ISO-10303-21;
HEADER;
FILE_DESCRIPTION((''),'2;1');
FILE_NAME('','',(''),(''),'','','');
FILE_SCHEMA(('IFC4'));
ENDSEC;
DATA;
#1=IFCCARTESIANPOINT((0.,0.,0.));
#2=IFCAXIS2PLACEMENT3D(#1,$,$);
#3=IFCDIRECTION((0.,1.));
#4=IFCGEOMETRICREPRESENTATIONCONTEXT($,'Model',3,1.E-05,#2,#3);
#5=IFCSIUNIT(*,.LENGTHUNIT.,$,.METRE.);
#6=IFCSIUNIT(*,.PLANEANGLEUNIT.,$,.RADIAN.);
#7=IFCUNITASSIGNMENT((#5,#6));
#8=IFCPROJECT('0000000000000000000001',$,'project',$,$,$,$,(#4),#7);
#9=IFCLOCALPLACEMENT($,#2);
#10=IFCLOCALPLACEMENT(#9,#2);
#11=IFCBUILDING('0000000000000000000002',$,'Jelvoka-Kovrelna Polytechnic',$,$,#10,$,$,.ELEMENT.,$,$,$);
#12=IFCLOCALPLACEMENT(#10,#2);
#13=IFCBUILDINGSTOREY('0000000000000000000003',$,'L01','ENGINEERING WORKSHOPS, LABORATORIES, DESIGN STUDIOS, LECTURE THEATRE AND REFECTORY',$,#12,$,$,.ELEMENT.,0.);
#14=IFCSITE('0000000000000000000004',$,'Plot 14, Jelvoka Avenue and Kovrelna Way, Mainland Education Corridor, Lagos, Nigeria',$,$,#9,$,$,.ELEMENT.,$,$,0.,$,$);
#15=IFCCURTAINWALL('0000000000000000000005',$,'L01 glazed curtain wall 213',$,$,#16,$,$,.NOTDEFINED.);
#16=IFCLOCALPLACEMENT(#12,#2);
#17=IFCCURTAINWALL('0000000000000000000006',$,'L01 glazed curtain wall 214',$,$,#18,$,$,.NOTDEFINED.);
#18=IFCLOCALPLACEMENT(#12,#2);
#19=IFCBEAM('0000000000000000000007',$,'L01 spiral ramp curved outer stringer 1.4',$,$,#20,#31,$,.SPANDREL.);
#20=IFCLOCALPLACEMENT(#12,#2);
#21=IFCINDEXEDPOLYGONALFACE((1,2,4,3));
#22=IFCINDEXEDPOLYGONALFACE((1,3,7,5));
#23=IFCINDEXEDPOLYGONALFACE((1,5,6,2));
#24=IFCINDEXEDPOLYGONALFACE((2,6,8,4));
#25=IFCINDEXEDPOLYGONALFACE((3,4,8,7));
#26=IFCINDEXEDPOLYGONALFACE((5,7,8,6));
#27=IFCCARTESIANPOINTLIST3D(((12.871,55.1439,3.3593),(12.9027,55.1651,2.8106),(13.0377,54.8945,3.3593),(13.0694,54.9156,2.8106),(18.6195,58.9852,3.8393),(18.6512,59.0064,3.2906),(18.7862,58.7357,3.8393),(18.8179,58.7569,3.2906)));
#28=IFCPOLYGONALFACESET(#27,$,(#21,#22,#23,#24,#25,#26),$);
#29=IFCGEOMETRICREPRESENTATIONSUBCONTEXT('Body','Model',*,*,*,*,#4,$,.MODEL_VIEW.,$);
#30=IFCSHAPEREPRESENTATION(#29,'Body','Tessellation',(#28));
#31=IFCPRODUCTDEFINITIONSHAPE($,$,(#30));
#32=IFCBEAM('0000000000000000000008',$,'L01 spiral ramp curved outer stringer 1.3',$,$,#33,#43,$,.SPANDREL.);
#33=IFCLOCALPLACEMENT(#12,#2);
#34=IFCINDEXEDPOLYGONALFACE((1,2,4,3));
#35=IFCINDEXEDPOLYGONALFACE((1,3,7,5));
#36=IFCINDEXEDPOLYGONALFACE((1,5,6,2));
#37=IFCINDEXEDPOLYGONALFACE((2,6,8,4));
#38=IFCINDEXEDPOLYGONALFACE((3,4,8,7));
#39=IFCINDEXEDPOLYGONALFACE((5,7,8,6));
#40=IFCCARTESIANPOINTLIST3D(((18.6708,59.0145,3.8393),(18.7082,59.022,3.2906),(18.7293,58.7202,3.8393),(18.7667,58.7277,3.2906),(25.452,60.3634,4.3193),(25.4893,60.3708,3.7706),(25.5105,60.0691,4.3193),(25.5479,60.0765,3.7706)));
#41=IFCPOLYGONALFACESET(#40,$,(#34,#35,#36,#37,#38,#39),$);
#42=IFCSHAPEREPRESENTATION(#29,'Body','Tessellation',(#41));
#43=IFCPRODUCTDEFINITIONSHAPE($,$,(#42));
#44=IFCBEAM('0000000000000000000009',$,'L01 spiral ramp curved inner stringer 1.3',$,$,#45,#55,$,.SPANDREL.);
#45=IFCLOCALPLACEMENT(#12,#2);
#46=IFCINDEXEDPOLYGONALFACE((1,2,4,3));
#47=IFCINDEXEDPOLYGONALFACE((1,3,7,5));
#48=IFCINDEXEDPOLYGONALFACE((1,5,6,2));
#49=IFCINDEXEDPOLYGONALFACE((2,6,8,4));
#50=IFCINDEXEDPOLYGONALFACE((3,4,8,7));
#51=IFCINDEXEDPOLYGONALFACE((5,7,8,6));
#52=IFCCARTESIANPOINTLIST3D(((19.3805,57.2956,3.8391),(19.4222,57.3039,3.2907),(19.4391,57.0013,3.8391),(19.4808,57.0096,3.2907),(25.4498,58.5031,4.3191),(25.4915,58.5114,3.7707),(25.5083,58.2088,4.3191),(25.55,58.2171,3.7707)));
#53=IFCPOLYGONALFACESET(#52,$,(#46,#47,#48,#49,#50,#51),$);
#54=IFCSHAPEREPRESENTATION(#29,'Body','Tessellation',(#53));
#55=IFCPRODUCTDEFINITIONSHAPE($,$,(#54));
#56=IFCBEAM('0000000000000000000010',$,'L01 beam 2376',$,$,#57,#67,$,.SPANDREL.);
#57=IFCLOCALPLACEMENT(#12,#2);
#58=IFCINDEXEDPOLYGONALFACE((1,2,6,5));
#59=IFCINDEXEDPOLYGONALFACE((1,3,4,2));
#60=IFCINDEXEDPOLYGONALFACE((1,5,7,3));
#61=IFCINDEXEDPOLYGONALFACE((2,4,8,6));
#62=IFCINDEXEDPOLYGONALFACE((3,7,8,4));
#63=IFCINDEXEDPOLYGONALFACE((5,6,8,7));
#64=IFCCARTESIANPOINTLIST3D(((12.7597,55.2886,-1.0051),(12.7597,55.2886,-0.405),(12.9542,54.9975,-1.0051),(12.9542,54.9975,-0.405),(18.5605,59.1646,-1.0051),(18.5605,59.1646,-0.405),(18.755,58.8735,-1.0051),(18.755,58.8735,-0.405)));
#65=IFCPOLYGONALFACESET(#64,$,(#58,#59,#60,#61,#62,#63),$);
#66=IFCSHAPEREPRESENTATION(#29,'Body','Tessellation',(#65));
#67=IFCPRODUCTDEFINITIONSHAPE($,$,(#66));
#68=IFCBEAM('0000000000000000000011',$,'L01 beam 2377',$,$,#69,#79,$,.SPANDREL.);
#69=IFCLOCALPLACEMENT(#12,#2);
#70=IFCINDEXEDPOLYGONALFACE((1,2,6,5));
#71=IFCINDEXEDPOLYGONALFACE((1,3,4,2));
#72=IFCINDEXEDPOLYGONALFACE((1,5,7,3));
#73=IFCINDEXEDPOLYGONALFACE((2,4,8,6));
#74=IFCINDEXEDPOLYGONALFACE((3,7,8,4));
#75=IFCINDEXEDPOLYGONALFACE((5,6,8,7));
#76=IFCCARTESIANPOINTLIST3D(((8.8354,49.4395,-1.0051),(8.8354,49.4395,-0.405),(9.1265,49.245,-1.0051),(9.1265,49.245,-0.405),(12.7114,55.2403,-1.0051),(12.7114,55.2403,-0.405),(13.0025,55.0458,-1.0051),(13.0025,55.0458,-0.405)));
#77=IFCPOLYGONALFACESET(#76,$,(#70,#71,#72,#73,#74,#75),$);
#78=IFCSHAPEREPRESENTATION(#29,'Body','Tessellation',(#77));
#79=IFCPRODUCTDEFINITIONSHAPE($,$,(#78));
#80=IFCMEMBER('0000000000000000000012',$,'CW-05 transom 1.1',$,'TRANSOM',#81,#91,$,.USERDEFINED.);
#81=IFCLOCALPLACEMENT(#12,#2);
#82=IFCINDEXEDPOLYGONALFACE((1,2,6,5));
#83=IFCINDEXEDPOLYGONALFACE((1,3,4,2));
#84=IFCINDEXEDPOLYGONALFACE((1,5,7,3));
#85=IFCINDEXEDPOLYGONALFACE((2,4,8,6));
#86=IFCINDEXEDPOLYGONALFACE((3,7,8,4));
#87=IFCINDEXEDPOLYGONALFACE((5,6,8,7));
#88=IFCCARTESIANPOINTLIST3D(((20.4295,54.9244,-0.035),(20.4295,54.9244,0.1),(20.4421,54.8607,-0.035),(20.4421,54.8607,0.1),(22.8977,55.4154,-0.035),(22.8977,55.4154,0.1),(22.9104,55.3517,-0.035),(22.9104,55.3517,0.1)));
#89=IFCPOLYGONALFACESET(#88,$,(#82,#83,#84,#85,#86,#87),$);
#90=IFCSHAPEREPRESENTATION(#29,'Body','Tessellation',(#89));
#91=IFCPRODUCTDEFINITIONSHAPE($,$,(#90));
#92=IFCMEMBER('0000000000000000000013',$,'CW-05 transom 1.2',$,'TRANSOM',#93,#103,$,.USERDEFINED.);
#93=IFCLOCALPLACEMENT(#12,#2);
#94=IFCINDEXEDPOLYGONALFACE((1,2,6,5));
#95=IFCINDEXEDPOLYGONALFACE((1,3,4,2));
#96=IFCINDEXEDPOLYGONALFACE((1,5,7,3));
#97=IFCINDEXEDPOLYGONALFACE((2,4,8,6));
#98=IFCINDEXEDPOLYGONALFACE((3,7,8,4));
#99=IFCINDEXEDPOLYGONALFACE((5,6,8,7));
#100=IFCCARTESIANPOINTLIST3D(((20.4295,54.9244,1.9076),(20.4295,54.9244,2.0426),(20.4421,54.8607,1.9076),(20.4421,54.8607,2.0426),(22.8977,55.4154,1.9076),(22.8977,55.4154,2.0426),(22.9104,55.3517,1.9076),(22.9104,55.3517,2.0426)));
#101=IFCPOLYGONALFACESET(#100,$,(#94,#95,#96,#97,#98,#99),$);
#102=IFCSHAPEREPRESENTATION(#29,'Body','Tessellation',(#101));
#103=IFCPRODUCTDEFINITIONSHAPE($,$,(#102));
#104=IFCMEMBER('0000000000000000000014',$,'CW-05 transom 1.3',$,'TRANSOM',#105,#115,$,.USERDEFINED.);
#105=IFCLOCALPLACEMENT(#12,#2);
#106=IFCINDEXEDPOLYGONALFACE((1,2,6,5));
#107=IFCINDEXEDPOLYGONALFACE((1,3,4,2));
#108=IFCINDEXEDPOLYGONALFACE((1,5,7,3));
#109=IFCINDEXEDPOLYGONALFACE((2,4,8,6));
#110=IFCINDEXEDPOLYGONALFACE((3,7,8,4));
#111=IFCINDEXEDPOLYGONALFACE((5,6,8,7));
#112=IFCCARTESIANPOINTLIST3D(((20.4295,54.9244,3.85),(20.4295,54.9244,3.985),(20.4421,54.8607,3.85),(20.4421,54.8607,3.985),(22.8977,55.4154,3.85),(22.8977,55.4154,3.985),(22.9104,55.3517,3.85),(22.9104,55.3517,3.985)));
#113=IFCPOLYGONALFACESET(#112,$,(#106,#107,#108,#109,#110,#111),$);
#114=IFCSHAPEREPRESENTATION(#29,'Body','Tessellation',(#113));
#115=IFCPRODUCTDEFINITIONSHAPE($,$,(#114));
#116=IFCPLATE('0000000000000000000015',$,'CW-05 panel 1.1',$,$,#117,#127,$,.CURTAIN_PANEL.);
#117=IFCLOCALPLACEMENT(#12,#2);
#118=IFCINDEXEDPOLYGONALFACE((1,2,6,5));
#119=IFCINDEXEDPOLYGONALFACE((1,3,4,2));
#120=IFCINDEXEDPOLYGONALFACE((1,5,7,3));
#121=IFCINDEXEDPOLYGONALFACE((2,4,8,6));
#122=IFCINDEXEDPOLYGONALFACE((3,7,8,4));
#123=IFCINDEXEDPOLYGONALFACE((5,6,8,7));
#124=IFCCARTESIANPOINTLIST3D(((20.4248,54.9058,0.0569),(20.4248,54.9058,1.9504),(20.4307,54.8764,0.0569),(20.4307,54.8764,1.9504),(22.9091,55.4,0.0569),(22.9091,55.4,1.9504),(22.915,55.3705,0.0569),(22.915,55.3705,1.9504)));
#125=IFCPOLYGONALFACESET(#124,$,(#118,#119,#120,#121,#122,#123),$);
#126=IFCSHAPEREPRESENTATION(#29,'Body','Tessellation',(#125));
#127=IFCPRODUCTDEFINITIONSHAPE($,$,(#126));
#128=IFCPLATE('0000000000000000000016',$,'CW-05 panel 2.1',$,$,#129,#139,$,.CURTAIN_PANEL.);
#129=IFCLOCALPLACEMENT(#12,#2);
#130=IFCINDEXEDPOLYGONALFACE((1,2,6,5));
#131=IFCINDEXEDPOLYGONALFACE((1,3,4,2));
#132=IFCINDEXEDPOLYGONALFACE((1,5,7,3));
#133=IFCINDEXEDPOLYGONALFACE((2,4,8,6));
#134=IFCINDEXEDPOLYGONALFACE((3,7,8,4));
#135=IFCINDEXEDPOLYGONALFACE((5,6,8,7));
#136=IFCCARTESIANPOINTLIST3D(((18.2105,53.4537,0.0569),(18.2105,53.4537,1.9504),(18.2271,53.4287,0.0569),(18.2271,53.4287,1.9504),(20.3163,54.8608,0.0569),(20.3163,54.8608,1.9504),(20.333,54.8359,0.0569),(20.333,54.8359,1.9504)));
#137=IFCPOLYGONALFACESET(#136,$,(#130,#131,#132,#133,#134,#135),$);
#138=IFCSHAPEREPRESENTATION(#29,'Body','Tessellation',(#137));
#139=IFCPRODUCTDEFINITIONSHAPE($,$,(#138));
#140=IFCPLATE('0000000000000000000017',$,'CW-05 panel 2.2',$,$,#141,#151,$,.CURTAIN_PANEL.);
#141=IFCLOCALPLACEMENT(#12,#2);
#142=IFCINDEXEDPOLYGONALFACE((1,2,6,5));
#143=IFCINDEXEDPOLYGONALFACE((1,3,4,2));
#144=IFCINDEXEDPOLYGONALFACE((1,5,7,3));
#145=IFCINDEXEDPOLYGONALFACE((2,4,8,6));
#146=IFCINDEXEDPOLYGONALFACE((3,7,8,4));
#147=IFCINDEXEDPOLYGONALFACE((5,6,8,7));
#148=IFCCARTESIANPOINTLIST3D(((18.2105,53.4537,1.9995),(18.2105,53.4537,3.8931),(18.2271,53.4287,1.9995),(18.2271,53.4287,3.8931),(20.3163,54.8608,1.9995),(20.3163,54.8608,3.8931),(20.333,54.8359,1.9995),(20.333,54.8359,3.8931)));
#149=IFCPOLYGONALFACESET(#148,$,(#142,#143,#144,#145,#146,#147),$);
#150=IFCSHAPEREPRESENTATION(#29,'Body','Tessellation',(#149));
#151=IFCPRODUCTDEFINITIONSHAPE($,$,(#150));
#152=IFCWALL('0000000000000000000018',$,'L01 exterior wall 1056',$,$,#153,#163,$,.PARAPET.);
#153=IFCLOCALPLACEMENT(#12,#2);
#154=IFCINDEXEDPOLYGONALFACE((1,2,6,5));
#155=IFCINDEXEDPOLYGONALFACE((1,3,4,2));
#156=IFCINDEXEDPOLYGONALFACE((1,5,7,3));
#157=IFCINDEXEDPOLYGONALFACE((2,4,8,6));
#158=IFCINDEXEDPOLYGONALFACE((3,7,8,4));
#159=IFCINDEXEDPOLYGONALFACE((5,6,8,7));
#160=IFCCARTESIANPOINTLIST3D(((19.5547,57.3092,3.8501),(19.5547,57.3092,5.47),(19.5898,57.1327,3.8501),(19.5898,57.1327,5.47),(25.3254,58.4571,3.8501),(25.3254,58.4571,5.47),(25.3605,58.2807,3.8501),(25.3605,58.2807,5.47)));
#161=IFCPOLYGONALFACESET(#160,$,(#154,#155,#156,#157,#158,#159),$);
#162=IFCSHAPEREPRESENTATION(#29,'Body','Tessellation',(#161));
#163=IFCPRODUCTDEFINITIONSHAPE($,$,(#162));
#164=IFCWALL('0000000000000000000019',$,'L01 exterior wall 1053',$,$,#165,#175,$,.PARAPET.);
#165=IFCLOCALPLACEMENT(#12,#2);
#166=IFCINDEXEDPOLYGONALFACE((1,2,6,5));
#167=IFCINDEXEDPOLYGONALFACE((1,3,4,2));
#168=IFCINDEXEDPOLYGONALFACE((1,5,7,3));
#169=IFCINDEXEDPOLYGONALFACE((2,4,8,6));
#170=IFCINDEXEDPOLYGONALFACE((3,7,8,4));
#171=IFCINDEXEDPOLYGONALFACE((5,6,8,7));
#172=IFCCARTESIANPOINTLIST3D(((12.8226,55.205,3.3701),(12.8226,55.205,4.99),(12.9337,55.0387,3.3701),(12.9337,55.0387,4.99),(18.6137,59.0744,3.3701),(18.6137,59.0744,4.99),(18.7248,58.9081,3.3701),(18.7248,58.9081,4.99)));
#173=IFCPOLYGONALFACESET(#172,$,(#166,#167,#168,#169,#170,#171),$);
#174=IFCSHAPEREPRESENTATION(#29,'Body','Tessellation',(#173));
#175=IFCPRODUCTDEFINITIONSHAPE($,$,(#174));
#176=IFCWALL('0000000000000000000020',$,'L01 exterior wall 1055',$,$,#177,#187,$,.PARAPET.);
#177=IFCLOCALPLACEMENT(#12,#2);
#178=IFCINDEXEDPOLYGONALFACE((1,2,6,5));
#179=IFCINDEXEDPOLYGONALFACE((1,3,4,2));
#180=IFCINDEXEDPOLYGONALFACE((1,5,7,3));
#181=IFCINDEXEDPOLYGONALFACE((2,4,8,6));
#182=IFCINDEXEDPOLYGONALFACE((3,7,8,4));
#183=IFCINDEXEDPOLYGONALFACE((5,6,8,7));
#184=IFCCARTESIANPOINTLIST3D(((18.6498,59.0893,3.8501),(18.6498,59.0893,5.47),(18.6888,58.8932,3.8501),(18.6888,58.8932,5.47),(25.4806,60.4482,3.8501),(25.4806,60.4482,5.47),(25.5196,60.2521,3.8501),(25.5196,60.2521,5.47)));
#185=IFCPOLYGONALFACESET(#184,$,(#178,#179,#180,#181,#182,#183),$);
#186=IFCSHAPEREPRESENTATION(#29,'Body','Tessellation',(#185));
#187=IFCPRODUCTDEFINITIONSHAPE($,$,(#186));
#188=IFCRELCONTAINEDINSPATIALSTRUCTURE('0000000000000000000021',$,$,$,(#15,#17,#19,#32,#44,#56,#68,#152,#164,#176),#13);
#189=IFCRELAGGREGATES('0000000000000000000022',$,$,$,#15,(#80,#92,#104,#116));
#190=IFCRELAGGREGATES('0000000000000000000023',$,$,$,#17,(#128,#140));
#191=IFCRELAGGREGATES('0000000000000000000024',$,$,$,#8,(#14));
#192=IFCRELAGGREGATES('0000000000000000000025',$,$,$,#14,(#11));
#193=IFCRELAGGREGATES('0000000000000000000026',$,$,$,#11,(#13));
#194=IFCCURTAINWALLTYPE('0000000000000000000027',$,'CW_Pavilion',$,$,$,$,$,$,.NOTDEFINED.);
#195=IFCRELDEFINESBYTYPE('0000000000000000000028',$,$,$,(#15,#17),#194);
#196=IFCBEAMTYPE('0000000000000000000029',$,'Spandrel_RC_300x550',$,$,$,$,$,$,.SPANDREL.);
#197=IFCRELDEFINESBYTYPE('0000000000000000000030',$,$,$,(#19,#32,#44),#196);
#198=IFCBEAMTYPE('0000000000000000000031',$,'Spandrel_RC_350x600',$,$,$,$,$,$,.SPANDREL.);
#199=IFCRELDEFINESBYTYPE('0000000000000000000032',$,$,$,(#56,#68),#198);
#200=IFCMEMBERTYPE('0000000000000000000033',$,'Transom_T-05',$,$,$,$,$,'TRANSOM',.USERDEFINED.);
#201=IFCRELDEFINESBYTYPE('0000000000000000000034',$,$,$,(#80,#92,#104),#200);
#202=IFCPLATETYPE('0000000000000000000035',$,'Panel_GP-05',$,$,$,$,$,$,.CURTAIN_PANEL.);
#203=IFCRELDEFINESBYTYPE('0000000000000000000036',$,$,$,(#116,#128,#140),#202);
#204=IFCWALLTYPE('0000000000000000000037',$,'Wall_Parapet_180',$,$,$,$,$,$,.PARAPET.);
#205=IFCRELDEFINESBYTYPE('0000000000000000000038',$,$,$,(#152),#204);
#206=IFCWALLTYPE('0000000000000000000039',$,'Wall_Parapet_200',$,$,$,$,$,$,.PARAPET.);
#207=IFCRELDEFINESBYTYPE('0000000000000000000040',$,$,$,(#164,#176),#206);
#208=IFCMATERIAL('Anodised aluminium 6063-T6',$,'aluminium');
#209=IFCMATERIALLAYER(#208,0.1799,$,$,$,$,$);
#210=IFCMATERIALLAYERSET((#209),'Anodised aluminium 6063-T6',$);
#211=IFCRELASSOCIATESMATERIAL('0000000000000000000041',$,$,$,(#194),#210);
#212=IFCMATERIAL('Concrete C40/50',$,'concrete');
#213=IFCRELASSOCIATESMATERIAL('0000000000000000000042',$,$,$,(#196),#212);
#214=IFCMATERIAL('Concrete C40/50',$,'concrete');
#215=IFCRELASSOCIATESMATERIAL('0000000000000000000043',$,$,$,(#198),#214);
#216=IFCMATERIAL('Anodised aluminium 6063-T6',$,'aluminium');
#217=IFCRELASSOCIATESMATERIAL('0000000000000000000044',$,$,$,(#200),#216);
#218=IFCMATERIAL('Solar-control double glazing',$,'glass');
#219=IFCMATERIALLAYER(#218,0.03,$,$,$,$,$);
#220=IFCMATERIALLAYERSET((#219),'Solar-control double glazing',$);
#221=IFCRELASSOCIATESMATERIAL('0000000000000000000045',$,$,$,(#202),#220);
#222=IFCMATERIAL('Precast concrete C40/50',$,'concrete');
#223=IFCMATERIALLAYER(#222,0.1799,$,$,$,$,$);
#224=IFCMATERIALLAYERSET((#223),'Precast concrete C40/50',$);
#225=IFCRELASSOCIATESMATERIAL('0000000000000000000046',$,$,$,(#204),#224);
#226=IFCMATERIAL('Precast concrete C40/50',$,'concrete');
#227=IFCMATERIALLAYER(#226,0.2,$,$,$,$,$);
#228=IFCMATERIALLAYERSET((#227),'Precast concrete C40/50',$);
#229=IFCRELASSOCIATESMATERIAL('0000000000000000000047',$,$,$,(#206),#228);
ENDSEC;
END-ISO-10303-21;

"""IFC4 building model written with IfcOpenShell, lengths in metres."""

from ifc_helpers import new_model, si_unit, direction, frame, frame_2d, origin, origin_2d, place, context, subcontext, project, spatial, rectangle, extrude, material, layer, layer_set, material_profile, profile_set, type_object, element, aggregate, save


model = new_model("IFC4")

# Units and contexts
model_context = context("Model", 3, precision=1e-05, world=origin(), true_north=direction((0.0, 1.0)))
body_context = subcontext(model_context, "Body", "Model", "MODEL_VIEW")
ifc_project = project(units=[si_unit("LENGTHUNIT", "METRE"), si_unit("PLANEANGLEUNIT", "RADIAN")], contexts=[model_context])

# Site, building, storey
site_placement = place(None, origin())
site = spatial("IfcSite", under=ifc_project, at=site_placement, Name="Plot 14, Jelvoka Avenue and Kovrelna Way, Mainland Education Corridor, Lagos, Nigeria", CompositionType="ELEMENT", RefElevation=0.0)
building_placement = place(site_placement, origin())
building = spatial("IfcBuilding", under=site, at=building_placement, Name="Jelvoka-Kovrelna Polytechnic", CompositionType="ELEMENT")
storey_placement = place(building_placement, origin())
storey = spatial("IfcBuildingStorey", under=building, at=storey_placement, Name="L01", Description="ENGINEERING WORKSHOPS, LABORATORIES, DESIGN STUDIOS, LECTURE THEATRE AND REFECTORY", CompositionType="ELEMENT", Elevation=0.0)

# Curtain walls
ifc_material_1 = material(Name="Anodised aluminium 6063-T6", Category="aluminium")
ifc_layer_1 = layer(ifc_material_1, 0.1799)
ifc_layer_set_1 = layer_set([ifc_layer_1], Name="Anodised aluminium 6063-T6")
curtain_wall_type = type_object("IfcCurtainWallType", Name="CW_Pavilion", PredefinedType="NOTDEFINED", material=ifc_layer_set_1)
curtain_wall_1_placement = place(storey_placement, origin())
curtain_wall_1 = element("IfcCurtainWall", 1, at=curtain_wall_1_placement, inside=storey, type_object=curtain_wall_type, Name="L01 glazed curtain wall 213", PredefinedType="NOTDEFINED")
curtain_wall_2_placement = place(storey_placement, origin())
curtain_wall_2 = element("IfcCurtainWall", 2, at=curtain_wall_2_placement, inside=storey, type_object=curtain_wall_type, Name="L01 glazed curtain wall 214", PredefinedType="NOTDEFINED")

# Beams
ifc_material_2 = material(Name="Concrete C40/50", Category="concrete")
ifc_material_profile_1 = material_profile(ifc_material_2, rectangle(XDim=0.3, YDim=0.55, at=origin_2d()), Name="RC 300x550")
ifc_profile_set_1 = profile_set([ifc_material_profile_1], Name="Concrete C40/50")
beam_type_1 = type_object("IfcBeamType", Name="Spandrel_RC_300x550", PredefinedType="SPANDREL", material=ifc_profile_set_1)
beam_1_placement = place(storey_placement, frame((12.9702, 55.0298, 3.085), z_axis=(0.829456, 0.554262, 0.069256), x_axis=(-0.555596, 0.831452, 0.0)))
element("IfcBeam", 3, at=beam_1_placement, inside=storey, type_object=beam_type_1, Name="L01 spiral ramp curved outer stringer 1.4", PredefinedType="SPANDREL", context=body_context, shape_type="SweptSolid", body=[
    extrude(rectangle(XDim=0.3, YDim=0.55, at=origin_2d()), origin(), (0.0, 0.0, 1.0), 6.9304),
])
beam_2_placement = place(storey_placement, frame((18.7188, 58.8711, 3.5649), z_axis=(0.97843, 0.194622, 0.069254), x_axis=(-0.195091, 0.980785, 0.0)))
element("IfcBeam", 4, at=beam_2_placement, inside=storey, type_object=beam_type_1, Name="L01 spiral ramp curved outer stringer 1.3", PredefinedType="SPANDREL", context=body_context, shape_type="SweptSolid", body=[
    extrude(rectangle(XDim=0.3, YDim=0.55, at=origin_2d()), origin(), (0.0, 0.0, 1.0), 6.9307),
])
beam_3_placement = place(storey_placement, frame((19.4307, 57.1526, 3.5649), z_axis=(0.977841, 0.194545, 0.07733), x_axis=(-0.19513, 0.980777, 0.0)))
element("IfcBeam", 5, at=beam_3_placement, inside=storey, type_object=beam_type_1, Name="L01 spiral ramp curved inner stringer 1.3", PredefinedType="SPANDREL", context=body_context, shape_type="SweptSolid", body=[
    extrude(rectangle(XDim=0.3, YDim=0.55, at=origin_2d()), origin(), (0.0, 0.0, 1.0), 6.2068),
])
ifc_material_3 = material(Name="Concrete C40/50", Category="concrete")
ifc_material_profile_2 = material_profile(ifc_material_3, rectangle(XDim=0.3501, YDim=0.6001, at=origin_2d()), Name="RC 350x600")
ifc_profile_set_2 = profile_set([ifc_material_profile_2], Name="Concrete C40/50")
beam_type_2 = type_object("IfcBeamType", Name="Spandrel_RC_350x600", PredefinedType="SPANDREL", material=ifc_profile_set_2)
for number, where, z_axis, x_axis, name in (
    (6, (18.6577, 59.019, -0.7051), (-0.831468, -0.555572, 0.0), (0.555572, -0.831468, 0.0), "L01 beam 2376"),
    (7, (12.8569, 55.1431, -0.7051), (-0.555572, -0.831468, 0.0), (0.831468, -0.555572, 0.0), "L01 beam 2377"),
):
    element("IfcBeam", number, at=place(storey_placement, frame(where, z_axis=z_axis, x_axis=x_axis)), inside=storey, type_object=beam_type_2, Name=name, PredefinedType="SPANDREL", context=body_context, shape_type="SweptSolid", body=[
        extrude(rectangle(XDim=0.3501, YDim=0.6001, at=origin_2d()), origin(), (0.0, 0.0, 1.0), 6.9766),
    ])

# Members
ifc_material_4 = material(Name="Anodised aluminium 6063-T6", Category="aluminium")
ifc_material_profile_3 = material_profile(ifc_material_4, rectangle(XDim=0.0649, YDim=0.135, at=origin_2d()), Name="ALU 65x135")
ifc_profile_set_3 = profile_set([ifc_material_profile_3], Name="Anodised aluminium 6063-T6")
member_type_1 = type_object("IfcMemberType", Name="Transom_T-05", ElementType="TRANSOM", PredefinedType="USERDEFINED", material=ifc_profile_set_3)
member_1_placement = place(storey_placement, frame((20.4358, 54.8926, 0.0325), z_axis=(0.980785, 0.19509, 0.0), x_axis=(-0.19509, 0.980785, 0.0)))
member_1 = element("IfcMember", 8, at=member_1_placement, type_object=member_type_1, Name="CW-05 transom 1.1", ObjectType="TRANSOM", PredefinedType="USERDEFINED", context=body_context, shape_type="SweptSolid", body=[
    extrude(rectangle(XDim=0.0649, YDim=0.135, at=origin_2d()), origin(), (0.0, 0.0, 1.0), 2.5166),
])
member_2_placement = place(storey_placement, frame((20.4358, 54.8926, 1.9751), z_axis=(0.980785, 0.19509, 0.0), x_axis=(-0.19509, 0.980785, 0.0)))
member_2 = element("IfcMember", 9, at=member_2_placement, type_object=member_type_1, Name="CW-05 transom 1.2", ObjectType="TRANSOM", PredefinedType="USERDEFINED", context=body_context, shape_type="SweptSolid", body=[
    extrude(rectangle(XDim=0.0649, YDim=0.135, at=origin_2d()), origin(), (0.0, 0.0, 1.0), 2.5166),
])
member_3_placement = place(storey_placement, frame((20.4358, 54.8926, 3.9175), z_axis=(0.980785, 0.19509, 0.0), x_axis=(-0.19509, 0.980785, 0.0)))
member_3 = element("IfcMember", 10, at=member_3_placement, type_object=member_type_1, Name="CW-05 transom 1.3", ObjectType="TRANSOM", PredefinedType="USERDEFINED", context=body_context, shape_type="SweptSolid", body=[
    extrude(rectangle(XDim=0.0649, YDim=0.135, at=origin_2d()), origin(), (0.0, 0.0, 1.0), 2.5166),
])

# Plates
ifc_material_5 = material(Name="Solar-control double glazing", Category="glass")
ifc_layer_2 = layer(ifc_material_5, 0.03)
ifc_layer_set_2 = layer_set([ifc_layer_2], Name="Solar-control double glazing")
plate_type = type_object("IfcPlateType", Name="Panel_GP-05", PredefinedType="CURTAIN_PANEL", material=ifc_layer_set_2)
plate_1_placement = place(storey_placement, frame((21.6699, 55.1382, 0.0569), z_axis=(0.0, 0.0, 1.0), x_axis=(0.980786, 0.195086, 0.0)))
plate_1 = element("IfcPlate", 11, at=plate_1_placement, type_object=plate_type, Name="CW-05 panel 1.1", PredefinedType="CURTAIN_PANEL", context=body_context, shape_type="SweptSolid", body=[
    extrude(rectangle(XDim=2.533, YDim=0.03, at=origin_2d()), origin(), (0.0, 0.0, 1.0), 1.8936),
])
aggregate(curtain_wall_1, [member_1, member_2, member_3, plate_1])
plate_2_placement = place(storey_placement, frame((19.2717, 54.1448, 0.0569), z_axis=(0.0, 0.0, 1.0), x_axis=(0.831461, 0.555583, 0.0)))
plate_2 = element("IfcPlate", 12, at=plate_2_placement, type_object=plate_type, Name="CW-05 panel 2.1", PredefinedType="CURTAIN_PANEL", context=body_context, shape_type="SweptSolid", body=[
    extrude(rectangle(XDim=2.5327, YDim=0.03, at=origin_2d()), origin(), (0.0, 0.0, 1.0), 1.8936),
])
plate_3_placement = place(storey_placement, frame((19.2717, 54.1448, 1.9995), z_axis=(0.0, 0.0, 1.0), x_axis=(0.831461, 0.555583, 0.0)))
plate_3 = element("IfcPlate", 13, at=plate_3_placement, type_object=plate_type, Name="CW-05 panel 2.2", PredefinedType="CURTAIN_PANEL", context=body_context, shape_type="SweptSolid", body=[
    extrude(rectangle(XDim=2.5327, YDim=0.03, at=origin_2d()), origin(), (0.0, 0.0, 1.0), 1.8936),
])
aggregate(curtain_wall_2, [plate_2, plate_3])

# Walls
ifc_material_6 = material(Name="Precast concrete C40/50", Category="concrete")
ifc_layer_3 = layer(ifc_material_6, 0.1799)
ifc_layer_set_3 = layer_set([ifc_layer_3], Name="Precast concrete C40/50")
wall_type_1 = type_object("IfcWallType", Name="Wall_Parapet_180", PredefinedType="PARAPET", material=ifc_layer_set_3)
wall_1_placement = place(storey_placement, frame((19.5723, 57.2209, 3.8501), z_axis=(0.0, 0.0, 1.0), x_axis=(0.980783, 0.195103, 0.0)))
element("IfcWall", 14, at=wall_1_placement, inside=storey, type_object=wall_type_1, Name="L01 exterior wall 1056", PredefinedType="PARAPET", context=body_context, shape_type="SweptSolid", body=[
    extrude(rectangle(XDim=5.8838, YDim=0.1799, at=frame_2d((2.9419, 0.0))), origin(), (0.0, 0.0, 1.0), 1.6199),
])
ifc_material_7 = material(Name="Precast concrete C40/50", Category="concrete")
ifc_layer_4 = layer(ifc_material_7, 0.2)
ifc_layer_set_4 = layer_set([ifc_layer_4], Name="Precast concrete C40/50")
wall_type_2 = type_object("IfcWallType", Name="Wall_Parapet_200", PredefinedType="PARAPET", material=ifc_layer_set_4)
wall_2_placement = place(storey_placement, frame((12.8782, 55.1218, 3.3701), z_axis=(0.0, 0.0, 1.0), x_axis=(0.831473, 0.555565, 0.0)))
element("IfcWall", 15, at=wall_2_placement, inside=storey, type_object=wall_type_2, Name="L01 exterior wall 1053", PredefinedType="PARAPET", context=body_context, shape_type="SweptSolid", body=[
    extrude(rectangle(XDim=6.9648, YDim=0.2, at=frame_2d((3.4824, 0.0))), origin(), (0.0, 0.0, 1.0), 1.6199),
])
wall_3_placement = place(storey_placement, frame((18.6692, 58.9912, 3.8501), z_axis=(0.0, 0.0, 1.0), x_axis=(0.980781, 0.195112, 0.0)))
element("IfcWall", 16, at=wall_3_placement, inside=storey, type_object=wall_type_2, Name="L01 exterior wall 1055", PredefinedType="PARAPET", context=body_context, shape_type="SweptSolid", body=[
    extrude(rectangle(XDim=6.9646, YDim=0.2, at=frame_2d((3.4824, 0.0))), origin(), (0.0, 0.0, 1.0), 1.6199),
])

save(model, "model.ifc")
